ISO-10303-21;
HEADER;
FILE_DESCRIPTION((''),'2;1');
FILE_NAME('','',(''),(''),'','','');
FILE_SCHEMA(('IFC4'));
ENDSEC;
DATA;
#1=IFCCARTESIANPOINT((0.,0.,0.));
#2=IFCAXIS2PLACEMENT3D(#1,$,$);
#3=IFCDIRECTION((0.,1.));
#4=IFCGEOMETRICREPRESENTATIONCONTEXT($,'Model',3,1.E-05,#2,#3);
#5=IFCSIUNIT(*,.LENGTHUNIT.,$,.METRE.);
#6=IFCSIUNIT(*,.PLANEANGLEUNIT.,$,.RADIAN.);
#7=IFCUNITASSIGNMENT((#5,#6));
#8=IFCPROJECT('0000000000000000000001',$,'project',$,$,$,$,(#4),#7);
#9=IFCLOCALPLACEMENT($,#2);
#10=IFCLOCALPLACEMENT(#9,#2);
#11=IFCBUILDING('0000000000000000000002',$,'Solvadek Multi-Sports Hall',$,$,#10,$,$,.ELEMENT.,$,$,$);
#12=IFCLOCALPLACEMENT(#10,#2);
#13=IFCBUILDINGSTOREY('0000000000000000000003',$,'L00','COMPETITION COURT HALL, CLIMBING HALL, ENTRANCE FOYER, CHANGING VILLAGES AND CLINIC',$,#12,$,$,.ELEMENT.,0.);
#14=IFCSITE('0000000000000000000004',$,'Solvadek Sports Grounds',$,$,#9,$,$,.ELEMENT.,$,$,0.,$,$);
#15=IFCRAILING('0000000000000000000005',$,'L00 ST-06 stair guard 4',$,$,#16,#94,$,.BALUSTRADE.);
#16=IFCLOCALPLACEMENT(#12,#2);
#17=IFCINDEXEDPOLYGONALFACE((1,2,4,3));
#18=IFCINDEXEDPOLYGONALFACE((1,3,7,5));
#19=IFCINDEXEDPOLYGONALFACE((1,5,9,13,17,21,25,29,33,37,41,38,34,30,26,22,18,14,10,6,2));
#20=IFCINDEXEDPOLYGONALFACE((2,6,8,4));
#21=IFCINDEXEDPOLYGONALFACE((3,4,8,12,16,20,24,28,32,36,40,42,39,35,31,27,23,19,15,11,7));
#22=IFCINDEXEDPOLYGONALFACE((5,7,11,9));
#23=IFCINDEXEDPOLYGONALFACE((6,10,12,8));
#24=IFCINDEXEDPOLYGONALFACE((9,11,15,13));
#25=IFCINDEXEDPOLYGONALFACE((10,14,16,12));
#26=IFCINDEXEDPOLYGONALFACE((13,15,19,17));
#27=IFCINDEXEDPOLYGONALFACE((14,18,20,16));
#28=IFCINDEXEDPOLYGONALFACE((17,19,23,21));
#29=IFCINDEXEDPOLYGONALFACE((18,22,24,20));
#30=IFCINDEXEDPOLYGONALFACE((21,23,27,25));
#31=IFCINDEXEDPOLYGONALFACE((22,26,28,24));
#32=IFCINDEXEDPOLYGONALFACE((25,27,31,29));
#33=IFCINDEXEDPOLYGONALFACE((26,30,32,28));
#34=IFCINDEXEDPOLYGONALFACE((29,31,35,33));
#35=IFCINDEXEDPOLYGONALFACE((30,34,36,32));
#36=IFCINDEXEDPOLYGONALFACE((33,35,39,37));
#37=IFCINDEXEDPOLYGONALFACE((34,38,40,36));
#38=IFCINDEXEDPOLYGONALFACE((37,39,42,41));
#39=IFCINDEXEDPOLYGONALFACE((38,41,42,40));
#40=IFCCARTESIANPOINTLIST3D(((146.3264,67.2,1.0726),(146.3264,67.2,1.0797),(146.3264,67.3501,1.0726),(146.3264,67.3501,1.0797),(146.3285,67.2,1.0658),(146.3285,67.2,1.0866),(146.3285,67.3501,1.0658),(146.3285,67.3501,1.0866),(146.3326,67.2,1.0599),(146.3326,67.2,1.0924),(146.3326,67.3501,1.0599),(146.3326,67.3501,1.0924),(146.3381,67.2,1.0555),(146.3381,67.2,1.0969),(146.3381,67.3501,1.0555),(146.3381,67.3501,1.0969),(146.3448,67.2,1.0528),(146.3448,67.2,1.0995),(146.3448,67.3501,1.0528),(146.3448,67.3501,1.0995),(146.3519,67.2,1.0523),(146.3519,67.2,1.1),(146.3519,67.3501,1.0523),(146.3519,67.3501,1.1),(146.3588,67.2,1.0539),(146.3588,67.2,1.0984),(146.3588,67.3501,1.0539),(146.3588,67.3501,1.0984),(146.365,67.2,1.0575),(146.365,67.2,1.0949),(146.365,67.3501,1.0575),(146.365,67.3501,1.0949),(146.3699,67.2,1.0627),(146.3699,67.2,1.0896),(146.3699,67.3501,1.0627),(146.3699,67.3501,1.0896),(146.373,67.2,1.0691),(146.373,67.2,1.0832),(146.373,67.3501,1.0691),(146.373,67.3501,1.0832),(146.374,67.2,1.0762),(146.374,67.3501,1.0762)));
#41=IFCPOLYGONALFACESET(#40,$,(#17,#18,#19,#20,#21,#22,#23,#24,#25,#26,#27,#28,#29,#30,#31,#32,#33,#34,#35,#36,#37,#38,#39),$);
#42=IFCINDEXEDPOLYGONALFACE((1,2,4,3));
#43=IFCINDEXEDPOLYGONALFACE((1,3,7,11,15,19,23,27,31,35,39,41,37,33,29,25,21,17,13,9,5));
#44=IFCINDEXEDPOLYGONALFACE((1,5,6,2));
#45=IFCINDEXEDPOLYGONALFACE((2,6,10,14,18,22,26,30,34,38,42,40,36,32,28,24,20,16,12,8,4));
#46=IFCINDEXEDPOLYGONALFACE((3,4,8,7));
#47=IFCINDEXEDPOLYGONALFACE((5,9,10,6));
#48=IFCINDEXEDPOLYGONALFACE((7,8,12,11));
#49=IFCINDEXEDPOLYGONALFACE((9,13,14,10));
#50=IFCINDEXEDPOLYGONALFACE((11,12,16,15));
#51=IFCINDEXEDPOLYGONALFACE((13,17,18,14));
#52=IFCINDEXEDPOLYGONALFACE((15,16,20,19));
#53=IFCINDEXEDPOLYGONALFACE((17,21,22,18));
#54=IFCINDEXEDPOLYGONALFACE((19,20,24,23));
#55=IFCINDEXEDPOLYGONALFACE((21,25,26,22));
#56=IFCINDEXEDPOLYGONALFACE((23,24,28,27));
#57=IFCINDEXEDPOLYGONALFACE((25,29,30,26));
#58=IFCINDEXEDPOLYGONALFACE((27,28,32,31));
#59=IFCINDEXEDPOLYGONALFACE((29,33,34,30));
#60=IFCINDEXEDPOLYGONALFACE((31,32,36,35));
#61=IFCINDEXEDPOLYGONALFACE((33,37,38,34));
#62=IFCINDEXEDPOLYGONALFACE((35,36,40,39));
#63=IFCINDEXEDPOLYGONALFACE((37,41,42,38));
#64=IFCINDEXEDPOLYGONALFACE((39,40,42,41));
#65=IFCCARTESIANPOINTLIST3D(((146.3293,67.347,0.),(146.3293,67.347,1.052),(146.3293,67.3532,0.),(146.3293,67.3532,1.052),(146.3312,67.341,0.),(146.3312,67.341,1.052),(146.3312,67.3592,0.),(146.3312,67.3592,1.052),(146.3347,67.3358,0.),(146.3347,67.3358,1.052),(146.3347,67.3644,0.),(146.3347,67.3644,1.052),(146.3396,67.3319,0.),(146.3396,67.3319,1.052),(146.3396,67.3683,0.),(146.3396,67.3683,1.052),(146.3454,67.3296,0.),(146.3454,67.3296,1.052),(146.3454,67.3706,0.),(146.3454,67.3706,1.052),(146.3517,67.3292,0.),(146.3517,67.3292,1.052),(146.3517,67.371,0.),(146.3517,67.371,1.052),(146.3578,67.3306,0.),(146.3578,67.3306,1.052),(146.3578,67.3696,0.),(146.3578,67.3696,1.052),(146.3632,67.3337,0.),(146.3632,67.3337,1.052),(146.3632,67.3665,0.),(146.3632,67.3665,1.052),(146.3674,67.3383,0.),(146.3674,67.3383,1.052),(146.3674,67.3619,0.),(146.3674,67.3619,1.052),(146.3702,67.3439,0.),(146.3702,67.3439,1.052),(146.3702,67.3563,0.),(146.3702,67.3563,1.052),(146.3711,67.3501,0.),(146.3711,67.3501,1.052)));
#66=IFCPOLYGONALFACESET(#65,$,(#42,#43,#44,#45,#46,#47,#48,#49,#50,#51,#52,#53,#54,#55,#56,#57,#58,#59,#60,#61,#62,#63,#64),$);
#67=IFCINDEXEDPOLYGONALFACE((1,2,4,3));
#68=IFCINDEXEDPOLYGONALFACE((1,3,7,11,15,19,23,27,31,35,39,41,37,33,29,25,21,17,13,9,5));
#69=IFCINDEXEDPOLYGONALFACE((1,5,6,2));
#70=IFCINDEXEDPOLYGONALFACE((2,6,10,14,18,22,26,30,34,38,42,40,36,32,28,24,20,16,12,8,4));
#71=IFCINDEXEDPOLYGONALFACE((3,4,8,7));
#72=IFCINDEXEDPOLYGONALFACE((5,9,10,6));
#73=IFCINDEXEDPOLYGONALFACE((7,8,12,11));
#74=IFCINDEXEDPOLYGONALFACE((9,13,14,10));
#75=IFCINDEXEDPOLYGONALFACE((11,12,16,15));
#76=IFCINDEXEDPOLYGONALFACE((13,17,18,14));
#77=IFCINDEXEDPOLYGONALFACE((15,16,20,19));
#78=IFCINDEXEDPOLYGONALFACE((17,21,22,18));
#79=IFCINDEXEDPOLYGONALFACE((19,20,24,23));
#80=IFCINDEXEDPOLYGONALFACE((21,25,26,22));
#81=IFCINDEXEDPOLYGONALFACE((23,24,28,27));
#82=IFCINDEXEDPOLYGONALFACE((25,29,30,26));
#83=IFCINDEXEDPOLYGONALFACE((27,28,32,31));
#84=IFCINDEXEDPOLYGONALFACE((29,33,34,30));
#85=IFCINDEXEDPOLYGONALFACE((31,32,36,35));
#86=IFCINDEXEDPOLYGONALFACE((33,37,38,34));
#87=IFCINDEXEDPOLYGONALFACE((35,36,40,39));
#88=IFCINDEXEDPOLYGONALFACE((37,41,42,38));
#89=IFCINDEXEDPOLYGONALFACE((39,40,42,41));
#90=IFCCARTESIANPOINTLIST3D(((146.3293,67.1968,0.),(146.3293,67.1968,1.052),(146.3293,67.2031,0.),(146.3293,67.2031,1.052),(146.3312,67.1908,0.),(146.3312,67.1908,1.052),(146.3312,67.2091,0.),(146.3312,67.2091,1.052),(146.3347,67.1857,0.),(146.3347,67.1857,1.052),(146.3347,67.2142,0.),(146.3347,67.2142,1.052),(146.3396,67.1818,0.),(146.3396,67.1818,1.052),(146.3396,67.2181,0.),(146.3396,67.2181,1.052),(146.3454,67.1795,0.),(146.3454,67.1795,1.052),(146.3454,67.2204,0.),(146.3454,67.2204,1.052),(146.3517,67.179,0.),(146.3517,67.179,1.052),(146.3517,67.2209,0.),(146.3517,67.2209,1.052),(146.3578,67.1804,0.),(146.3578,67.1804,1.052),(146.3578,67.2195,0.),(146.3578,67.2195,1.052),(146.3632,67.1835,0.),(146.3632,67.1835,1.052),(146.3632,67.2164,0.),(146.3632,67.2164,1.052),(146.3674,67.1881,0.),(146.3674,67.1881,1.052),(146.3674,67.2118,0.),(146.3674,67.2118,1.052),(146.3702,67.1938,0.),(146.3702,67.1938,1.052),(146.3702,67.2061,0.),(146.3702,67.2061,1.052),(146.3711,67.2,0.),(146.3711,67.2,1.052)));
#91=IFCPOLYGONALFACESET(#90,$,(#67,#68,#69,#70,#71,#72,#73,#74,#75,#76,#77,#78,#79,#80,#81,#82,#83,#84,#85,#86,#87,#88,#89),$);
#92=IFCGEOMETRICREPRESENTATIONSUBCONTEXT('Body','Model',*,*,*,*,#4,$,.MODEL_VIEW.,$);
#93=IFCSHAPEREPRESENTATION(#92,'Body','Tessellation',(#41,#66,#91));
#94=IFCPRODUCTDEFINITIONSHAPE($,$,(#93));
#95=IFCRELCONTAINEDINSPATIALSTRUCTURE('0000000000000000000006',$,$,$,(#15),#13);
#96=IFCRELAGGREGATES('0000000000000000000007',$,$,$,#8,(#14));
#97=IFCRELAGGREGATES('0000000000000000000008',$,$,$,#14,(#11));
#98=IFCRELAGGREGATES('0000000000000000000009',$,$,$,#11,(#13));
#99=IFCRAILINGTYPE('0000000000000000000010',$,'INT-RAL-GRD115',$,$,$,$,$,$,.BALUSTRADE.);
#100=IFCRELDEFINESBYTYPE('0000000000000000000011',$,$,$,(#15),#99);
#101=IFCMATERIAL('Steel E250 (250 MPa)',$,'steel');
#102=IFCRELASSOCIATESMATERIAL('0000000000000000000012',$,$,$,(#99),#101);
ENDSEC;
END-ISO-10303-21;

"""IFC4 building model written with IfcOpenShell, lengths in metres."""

from ifc_helpers import new_model, si_unit, direction, frame, origin, origin_2d, place, context, subcontext, project, spatial, circle, extrude, material, type_object, element, save


model = new_model("IFC4")

# Units and contexts
model_context = context("Model", 3, precision=1e-05, world=origin(), true_north=direction((0.0, 1.0)))
body_context = subcontext(model_context, "Body", "Model", "MODEL_VIEW")
ifc_project = project(units=[si_unit("LENGTHUNIT", "METRE"), si_unit("PLANEANGLEUNIT", "RADIAN")], contexts=[model_context])

# Site, building, storey
site_placement = place(None, origin())
site = spatial("IfcSite", under=ifc_project, at=site_placement, Name="Solvadek Sports Grounds", CompositionType="ELEMENT", RefElevation=0.0)
building_placement = place(site_placement, origin())
building = spatial("IfcBuilding", under=site, at=building_placement, Name="Solvadek Multi-Sports Hall", CompositionType="ELEMENT")
storey_placement = place(building_placement, origin())
storey = spatial("IfcBuildingStorey", under=building, at=storey_placement, Name="L00", Description="COMPETITION COURT HALL, CLIMBING HALL, ENTRANCE FOYER, CHANGING VILLAGES AND CLINIC", CompositionType="ELEMENT", Elevation=0.0)

# Shared definitions
ifc_material_1 = material(Name="Steel E250 (250 MPa)", Category="steel")

# Railing
railing_type_1 = type_object("IfcRailingType", Name="INT-RAL-GRD115", PredefinedType="BALUSTRADE", material=ifc_material_1)
railing_1_placement = place(storey_placement, frame((146.3501, 67.3501, 0.0)))
element("IfcRailing", 1, at=railing_1_placement, inside=storey, type_object=railing_type_1, Name="L00 ST-06 stair guard 4", PredefinedType="BALUSTRADE", context=body_context, shape_type="SweptSolid", body=[
    extrude(circle(Radius=0.0239, at=origin_2d()), frame((0.0, 0.0, 1.0762), z_axis=(0.0, -1.0, 0.0), x_axis=(1.0, 0.0, 0.0)), (0.0, 0.0, 1.0), 0.1501),
    extrude(circle(Radius=0.021, at=origin_2d()), origin(), (0.0, 0.0, 1.0), 1.052),
    extrude(circle(Radius=0.021, at=origin_2d()), frame((0.0, -0.1501, 0.0)), (0.0, 0.0, 1.0), 1.052),
])

save(model, "model.ifc")
